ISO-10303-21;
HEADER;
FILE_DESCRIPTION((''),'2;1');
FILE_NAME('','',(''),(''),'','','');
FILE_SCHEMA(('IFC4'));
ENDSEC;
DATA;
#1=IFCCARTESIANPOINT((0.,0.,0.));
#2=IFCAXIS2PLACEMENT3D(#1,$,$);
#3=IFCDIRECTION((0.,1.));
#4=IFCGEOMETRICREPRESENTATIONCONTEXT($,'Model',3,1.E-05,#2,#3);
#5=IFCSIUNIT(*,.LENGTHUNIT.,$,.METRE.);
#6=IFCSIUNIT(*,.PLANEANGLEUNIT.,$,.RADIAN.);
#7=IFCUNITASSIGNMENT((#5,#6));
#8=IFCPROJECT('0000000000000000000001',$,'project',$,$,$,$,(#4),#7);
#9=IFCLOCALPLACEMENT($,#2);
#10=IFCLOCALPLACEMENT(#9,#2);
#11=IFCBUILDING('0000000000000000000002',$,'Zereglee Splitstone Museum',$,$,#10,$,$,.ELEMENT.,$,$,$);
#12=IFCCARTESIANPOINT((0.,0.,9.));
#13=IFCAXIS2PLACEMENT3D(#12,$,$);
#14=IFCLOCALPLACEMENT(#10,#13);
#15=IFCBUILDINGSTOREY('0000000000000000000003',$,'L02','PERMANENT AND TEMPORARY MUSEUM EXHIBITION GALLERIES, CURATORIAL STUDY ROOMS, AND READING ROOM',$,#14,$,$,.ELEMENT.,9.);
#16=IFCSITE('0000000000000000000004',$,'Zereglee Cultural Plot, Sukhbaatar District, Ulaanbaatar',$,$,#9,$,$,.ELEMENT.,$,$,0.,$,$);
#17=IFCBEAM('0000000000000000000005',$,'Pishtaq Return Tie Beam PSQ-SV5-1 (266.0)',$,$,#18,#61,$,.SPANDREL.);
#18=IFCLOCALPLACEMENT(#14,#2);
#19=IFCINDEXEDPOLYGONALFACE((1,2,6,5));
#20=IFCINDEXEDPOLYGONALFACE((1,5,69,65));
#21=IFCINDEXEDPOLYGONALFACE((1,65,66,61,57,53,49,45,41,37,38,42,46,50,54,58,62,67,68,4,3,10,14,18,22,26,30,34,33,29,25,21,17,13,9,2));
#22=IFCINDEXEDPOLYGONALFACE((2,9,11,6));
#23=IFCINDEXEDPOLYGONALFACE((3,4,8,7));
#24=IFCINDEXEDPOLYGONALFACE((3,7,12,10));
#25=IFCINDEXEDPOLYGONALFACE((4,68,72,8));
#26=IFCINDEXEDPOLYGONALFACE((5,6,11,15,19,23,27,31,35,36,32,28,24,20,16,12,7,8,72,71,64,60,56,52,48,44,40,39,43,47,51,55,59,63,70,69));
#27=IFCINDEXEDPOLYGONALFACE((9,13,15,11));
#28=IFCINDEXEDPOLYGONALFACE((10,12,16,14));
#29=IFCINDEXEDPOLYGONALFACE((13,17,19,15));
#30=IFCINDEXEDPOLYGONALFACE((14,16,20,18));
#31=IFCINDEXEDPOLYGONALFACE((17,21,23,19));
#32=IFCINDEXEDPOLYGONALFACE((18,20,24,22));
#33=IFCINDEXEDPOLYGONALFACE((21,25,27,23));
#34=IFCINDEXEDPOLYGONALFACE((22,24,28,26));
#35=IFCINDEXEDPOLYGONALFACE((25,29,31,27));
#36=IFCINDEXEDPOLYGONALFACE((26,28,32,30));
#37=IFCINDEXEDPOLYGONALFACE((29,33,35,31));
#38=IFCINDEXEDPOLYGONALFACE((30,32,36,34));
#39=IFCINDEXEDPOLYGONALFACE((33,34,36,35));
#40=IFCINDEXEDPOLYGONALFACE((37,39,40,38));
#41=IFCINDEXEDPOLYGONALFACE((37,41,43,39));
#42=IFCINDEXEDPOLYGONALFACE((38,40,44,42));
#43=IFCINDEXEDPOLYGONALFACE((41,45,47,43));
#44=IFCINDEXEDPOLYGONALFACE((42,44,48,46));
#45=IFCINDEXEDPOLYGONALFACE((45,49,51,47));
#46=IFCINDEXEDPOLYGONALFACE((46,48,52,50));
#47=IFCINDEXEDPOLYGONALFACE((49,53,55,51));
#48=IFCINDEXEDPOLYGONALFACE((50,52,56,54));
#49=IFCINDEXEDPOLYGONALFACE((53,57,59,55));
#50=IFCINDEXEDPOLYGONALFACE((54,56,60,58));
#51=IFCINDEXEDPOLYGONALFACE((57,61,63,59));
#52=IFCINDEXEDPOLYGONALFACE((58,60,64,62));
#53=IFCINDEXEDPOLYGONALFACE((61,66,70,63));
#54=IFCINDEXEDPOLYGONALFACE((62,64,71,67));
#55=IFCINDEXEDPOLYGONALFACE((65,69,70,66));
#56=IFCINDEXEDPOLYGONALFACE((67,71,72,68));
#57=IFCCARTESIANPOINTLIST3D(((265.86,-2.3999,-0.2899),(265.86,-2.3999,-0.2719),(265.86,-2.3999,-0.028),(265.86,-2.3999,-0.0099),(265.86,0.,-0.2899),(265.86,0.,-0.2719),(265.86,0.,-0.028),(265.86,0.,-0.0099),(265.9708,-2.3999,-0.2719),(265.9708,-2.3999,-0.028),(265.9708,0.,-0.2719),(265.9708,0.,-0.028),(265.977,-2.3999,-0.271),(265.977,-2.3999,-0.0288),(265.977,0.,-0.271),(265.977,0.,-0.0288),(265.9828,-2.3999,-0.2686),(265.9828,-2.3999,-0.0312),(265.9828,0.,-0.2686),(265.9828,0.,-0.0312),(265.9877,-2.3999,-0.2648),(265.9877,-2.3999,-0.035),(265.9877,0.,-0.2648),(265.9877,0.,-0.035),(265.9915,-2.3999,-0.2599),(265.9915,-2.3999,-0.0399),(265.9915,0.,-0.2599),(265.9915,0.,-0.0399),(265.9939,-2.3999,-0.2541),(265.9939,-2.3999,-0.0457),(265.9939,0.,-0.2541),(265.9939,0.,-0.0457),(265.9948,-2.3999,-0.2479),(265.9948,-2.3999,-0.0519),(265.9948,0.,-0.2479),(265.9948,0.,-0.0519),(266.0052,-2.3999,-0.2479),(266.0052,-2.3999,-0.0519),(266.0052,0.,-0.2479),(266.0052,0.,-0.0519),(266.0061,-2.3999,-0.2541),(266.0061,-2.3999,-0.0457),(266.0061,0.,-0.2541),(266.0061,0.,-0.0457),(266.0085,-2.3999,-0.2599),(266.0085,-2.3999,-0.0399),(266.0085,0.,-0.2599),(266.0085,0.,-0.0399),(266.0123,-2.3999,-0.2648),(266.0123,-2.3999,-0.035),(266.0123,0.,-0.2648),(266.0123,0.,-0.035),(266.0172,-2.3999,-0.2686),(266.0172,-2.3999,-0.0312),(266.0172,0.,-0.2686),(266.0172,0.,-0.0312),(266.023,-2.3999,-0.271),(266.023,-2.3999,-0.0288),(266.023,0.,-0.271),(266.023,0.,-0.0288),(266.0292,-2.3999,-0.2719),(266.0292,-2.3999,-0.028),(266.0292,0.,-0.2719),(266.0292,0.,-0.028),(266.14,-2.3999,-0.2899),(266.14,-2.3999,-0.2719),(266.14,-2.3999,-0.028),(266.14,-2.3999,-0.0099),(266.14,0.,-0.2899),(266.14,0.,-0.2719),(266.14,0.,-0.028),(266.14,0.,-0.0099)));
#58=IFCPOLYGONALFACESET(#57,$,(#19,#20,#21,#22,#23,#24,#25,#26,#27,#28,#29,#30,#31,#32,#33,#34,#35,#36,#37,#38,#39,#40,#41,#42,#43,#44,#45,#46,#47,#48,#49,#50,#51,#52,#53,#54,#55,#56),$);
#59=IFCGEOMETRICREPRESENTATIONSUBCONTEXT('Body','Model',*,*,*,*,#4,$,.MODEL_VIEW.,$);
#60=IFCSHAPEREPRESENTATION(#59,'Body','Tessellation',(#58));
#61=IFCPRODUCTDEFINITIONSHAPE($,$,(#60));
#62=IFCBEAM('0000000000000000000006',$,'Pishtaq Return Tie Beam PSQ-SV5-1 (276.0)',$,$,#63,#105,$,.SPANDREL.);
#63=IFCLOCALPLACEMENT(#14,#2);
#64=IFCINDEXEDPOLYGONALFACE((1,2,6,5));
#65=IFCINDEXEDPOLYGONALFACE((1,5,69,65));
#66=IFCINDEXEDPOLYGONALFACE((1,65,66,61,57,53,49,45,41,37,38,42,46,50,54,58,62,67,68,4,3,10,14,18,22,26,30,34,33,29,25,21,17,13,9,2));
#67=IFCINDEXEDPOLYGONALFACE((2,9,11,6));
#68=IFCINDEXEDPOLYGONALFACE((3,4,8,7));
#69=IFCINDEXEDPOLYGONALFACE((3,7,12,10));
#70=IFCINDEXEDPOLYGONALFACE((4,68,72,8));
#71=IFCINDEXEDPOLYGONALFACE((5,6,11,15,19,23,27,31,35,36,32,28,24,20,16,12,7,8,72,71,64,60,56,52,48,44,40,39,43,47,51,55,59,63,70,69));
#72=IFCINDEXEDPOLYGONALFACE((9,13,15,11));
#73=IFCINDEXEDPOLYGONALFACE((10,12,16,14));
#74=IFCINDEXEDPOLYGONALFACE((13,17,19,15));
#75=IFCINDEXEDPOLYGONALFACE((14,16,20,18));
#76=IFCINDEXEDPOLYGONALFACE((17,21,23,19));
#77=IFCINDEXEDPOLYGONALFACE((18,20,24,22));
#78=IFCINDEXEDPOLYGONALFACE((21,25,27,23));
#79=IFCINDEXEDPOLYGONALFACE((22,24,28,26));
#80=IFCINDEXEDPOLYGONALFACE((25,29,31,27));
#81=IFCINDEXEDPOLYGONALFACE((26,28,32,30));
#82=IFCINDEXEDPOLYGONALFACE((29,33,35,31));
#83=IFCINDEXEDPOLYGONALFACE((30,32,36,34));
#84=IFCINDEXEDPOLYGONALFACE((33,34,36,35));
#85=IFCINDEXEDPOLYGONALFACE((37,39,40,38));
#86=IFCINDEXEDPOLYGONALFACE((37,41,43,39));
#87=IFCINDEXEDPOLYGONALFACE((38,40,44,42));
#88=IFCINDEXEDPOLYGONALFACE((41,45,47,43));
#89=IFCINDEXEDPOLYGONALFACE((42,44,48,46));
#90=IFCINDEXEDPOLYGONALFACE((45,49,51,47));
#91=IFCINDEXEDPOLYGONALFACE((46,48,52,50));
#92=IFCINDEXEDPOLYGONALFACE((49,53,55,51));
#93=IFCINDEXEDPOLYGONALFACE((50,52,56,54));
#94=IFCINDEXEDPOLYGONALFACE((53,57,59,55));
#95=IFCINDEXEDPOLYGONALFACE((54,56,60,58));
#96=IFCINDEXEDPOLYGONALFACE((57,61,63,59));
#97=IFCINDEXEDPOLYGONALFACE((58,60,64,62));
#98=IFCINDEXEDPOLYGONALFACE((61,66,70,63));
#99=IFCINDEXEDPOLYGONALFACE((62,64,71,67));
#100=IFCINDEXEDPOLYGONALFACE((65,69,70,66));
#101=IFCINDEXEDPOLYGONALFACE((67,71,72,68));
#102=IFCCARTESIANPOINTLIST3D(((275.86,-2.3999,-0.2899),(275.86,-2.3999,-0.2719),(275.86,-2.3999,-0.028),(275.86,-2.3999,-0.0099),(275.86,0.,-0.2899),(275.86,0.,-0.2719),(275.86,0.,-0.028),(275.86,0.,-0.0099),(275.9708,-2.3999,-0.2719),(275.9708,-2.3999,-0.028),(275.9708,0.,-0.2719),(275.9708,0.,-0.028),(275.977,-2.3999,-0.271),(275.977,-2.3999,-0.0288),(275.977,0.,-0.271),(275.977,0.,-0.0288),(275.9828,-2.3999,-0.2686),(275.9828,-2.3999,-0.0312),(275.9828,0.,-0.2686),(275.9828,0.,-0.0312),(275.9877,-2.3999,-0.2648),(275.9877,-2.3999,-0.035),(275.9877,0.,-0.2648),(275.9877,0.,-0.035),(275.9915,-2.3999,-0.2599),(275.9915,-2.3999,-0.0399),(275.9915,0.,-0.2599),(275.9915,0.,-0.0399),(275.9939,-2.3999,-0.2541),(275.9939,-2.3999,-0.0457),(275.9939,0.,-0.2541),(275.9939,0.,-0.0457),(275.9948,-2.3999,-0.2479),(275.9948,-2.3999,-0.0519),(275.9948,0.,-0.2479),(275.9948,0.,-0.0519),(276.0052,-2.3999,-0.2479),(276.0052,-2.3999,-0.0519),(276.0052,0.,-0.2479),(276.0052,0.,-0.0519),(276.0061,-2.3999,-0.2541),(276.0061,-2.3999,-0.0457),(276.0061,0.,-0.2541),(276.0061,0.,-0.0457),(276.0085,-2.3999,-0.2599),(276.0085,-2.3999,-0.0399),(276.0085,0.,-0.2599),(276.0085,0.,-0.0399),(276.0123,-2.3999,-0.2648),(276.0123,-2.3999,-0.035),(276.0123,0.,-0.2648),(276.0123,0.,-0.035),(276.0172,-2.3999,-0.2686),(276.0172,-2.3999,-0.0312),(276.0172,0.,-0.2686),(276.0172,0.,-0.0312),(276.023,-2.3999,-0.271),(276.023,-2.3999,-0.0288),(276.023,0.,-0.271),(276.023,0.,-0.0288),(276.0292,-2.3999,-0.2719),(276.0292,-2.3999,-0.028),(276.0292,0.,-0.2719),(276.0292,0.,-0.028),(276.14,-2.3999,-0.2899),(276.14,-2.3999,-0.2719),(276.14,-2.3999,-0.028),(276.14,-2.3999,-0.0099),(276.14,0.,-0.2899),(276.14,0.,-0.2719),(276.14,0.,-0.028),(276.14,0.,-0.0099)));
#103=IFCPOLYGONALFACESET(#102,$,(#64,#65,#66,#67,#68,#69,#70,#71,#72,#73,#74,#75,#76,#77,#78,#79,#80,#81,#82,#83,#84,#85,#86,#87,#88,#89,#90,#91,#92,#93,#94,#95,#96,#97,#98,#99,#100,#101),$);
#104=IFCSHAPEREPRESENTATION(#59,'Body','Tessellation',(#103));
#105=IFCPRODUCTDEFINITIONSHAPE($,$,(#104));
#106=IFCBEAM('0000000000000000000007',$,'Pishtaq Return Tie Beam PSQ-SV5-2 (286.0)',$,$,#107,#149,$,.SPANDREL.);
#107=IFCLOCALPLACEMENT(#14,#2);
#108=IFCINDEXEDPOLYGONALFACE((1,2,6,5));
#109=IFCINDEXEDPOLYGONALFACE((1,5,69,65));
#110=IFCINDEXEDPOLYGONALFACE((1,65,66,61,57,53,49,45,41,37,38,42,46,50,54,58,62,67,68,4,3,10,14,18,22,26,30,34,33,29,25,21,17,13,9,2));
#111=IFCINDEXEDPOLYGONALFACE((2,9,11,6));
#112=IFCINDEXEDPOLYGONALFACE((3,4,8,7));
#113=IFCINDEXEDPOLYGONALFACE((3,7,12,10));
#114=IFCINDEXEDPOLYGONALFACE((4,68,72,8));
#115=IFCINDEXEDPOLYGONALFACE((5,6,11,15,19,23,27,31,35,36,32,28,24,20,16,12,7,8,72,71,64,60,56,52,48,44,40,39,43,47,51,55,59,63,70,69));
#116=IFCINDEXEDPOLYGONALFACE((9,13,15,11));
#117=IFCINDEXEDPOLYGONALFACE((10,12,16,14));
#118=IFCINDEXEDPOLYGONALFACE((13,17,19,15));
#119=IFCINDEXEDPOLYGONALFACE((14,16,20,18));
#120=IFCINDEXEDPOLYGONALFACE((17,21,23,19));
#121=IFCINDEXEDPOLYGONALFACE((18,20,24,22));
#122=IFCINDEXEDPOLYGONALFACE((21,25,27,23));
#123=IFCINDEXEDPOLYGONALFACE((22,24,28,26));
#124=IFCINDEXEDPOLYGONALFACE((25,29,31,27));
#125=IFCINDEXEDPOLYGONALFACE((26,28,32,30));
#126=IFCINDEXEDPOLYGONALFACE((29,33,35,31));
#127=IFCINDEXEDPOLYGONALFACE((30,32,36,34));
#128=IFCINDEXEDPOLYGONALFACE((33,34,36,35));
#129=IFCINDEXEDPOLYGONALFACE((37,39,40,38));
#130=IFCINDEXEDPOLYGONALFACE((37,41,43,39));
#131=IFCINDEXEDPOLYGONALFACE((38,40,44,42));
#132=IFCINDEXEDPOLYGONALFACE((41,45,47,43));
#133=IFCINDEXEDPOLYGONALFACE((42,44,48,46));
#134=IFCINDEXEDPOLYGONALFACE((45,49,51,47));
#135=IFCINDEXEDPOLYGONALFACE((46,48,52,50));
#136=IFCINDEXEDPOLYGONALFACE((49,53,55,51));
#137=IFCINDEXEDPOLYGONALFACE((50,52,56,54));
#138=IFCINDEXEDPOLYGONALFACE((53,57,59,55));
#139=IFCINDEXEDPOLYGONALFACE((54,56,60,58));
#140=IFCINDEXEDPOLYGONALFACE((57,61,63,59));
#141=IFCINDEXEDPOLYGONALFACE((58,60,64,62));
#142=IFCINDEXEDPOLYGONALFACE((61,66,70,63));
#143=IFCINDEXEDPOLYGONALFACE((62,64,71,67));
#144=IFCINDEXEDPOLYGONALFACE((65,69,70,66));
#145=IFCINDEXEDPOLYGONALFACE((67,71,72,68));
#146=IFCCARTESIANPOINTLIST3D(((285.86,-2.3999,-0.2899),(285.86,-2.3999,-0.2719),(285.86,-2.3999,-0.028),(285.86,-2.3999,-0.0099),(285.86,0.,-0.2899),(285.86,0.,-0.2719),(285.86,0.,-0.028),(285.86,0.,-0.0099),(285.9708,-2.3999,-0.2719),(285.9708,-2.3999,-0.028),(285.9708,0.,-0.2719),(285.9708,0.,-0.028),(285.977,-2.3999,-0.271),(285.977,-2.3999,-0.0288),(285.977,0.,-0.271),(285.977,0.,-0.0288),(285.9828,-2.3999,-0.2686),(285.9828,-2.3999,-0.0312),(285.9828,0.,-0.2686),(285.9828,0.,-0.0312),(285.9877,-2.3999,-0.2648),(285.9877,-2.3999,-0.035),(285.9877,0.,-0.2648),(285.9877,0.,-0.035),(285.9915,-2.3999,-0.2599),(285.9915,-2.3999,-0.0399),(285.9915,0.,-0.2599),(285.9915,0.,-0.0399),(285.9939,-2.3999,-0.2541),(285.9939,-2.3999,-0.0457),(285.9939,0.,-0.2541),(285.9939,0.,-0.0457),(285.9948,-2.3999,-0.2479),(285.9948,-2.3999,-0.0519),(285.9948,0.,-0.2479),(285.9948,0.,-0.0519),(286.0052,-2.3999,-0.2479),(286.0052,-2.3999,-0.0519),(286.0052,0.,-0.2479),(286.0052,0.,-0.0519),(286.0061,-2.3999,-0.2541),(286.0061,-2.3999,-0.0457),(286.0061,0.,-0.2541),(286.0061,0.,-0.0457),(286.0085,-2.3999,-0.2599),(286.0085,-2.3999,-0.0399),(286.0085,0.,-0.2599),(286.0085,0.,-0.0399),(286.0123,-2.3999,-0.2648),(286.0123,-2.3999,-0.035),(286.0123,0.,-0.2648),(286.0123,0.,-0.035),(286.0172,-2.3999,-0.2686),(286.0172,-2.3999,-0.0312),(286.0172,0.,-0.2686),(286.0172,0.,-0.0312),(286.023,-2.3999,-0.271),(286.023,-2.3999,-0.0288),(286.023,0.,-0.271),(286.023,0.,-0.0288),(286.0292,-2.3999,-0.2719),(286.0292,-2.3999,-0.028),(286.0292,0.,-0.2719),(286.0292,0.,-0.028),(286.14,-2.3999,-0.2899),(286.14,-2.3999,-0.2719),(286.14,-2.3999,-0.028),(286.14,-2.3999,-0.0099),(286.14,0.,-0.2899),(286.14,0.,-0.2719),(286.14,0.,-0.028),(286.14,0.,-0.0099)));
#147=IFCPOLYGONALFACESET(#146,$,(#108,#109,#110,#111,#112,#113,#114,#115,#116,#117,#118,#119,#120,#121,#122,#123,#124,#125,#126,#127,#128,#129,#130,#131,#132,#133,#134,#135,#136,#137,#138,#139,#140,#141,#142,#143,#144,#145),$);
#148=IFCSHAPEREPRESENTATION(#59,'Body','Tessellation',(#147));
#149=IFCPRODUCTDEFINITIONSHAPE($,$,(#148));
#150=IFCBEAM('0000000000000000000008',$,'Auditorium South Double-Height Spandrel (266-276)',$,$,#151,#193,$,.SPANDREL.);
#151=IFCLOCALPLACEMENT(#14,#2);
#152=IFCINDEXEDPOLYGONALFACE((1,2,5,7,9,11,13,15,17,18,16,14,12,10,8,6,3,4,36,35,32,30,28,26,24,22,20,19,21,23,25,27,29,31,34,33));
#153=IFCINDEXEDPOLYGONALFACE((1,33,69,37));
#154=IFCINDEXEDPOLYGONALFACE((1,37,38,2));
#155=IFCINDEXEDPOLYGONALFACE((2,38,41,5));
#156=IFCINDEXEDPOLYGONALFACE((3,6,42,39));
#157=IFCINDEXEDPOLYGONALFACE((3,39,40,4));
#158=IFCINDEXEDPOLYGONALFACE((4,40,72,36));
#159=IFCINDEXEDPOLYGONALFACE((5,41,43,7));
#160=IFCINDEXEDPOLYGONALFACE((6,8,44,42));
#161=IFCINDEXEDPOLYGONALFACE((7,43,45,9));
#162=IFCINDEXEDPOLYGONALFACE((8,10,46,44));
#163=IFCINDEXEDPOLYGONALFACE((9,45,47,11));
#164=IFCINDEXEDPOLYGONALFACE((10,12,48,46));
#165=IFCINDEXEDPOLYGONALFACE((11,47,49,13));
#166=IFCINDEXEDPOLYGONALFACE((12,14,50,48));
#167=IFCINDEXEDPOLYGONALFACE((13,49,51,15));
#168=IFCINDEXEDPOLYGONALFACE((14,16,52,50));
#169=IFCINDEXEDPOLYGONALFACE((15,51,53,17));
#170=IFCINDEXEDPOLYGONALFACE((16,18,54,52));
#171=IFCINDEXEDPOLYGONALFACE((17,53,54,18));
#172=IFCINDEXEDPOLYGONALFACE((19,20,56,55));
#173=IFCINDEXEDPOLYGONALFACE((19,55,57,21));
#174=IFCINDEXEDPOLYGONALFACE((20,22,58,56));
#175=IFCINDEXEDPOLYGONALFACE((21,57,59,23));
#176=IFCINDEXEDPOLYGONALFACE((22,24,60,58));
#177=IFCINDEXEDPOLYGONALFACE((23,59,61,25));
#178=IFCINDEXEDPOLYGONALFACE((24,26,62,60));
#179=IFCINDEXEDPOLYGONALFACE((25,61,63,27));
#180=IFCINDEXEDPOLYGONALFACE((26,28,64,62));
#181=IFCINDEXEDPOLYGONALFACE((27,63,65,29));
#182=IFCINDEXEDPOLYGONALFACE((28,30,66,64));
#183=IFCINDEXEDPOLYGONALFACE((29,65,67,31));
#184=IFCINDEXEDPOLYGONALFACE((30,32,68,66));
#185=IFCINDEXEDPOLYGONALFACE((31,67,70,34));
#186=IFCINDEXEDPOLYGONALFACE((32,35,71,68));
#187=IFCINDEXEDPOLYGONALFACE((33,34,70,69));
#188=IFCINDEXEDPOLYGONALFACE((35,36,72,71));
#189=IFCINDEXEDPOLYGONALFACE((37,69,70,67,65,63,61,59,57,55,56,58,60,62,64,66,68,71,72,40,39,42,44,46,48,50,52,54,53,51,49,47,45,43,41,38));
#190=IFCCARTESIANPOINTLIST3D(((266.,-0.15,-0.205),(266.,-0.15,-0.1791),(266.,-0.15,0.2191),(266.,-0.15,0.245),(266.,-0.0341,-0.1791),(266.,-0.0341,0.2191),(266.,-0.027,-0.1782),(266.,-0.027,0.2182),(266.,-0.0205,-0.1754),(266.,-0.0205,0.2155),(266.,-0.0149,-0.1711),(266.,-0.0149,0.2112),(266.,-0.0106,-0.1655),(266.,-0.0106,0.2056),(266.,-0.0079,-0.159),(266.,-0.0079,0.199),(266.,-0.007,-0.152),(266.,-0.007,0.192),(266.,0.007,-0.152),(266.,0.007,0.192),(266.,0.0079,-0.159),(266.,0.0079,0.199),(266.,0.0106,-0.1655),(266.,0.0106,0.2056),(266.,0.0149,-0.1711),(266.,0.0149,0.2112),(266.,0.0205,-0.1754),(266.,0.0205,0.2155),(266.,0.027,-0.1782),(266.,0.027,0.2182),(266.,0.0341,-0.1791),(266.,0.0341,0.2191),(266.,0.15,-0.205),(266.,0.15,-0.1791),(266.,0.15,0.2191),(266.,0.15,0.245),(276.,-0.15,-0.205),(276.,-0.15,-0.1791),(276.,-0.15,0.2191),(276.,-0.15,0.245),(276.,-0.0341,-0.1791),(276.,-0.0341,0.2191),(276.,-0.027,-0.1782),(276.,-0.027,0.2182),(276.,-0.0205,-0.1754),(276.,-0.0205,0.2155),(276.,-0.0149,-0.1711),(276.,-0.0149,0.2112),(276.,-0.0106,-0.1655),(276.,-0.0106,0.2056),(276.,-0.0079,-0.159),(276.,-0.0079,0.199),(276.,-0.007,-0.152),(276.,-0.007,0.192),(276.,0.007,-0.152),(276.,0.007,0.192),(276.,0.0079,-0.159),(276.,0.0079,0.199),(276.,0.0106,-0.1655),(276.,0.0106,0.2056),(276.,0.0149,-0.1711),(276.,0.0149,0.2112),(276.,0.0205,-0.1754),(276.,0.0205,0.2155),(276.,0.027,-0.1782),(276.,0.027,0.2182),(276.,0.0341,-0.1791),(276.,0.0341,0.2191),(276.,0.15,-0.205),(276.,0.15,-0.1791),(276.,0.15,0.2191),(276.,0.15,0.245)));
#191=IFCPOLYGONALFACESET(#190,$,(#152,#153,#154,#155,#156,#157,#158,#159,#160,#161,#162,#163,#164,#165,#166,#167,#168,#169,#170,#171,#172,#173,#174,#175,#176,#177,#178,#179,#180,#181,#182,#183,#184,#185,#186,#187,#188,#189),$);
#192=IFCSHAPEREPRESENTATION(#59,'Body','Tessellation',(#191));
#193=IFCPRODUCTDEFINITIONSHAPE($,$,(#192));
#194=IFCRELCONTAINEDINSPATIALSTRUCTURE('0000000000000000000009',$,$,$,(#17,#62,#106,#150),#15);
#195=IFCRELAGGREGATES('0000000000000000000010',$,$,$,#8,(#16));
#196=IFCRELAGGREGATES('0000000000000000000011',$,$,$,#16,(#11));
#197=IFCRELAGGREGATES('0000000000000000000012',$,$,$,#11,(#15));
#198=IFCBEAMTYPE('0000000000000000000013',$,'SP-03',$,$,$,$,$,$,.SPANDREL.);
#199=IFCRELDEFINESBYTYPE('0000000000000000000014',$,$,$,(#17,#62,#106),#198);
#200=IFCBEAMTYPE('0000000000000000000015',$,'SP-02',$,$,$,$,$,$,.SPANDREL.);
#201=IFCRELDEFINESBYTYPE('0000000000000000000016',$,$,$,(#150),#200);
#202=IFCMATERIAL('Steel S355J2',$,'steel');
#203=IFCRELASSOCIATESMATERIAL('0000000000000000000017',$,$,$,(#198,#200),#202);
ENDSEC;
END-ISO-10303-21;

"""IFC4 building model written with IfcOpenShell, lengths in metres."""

from ifc_helpers import new_model, si_unit, direction, frame, origin, origin_2d, place, context, subcontext, project, spatial, i_section, extrude, material, material_profile, profile_set, type_object, element, save


model = new_model("IFC4")

# Units and contexts
model_context = context("Model", 3, precision=1e-05, world=origin(), true_north=direction((0.0, 1.0)))
body_context = subcontext(model_context, "Body", "Model", "MODEL_VIEW")
ifc_project = project(units=[si_unit("LENGTHUNIT", "METRE"), si_unit("PLANEANGLEUNIT", "RADIAN")], contexts=[model_context])

# Site, building, storey
site_placement = place(None, origin())
site = spatial("IfcSite", under=ifc_project, at=site_placement, Name="Zereglee Cultural Plot, Sukhbaatar District, Ulaanbaatar", CompositionType="ELEMENT", RefElevation=0.0)
building_placement = place(site_placement, origin())
building = spatial("IfcBuilding", under=site, at=building_placement, Name="Zereglee Splitstone Museum", CompositionType="ELEMENT")
storey_placement = place(building_placement, frame((0.0, 0.0, 9.0)))
storey = spatial("IfcBuildingStorey", under=building, at=storey_placement, Name="L02", Description="PERMANENT AND TEMPORARY MUSEUM EXHIBITION GALLERIES, CURATORIAL STUDY ROOMS, AND READING ROOM", CompositionType="ELEMENT", Elevation=9.0)

# Shared definitions
ifc_material_1 = material(Name="Steel S355J2", Category="steel")

# Beams
ifc_material_profile_1 = material_profile(ifc_material_1, i_section(OverallWidth=0.28, OverallDepth=0.28, WebThickness=0.0105, FlangeThickness=0.0181, FilletRadius=0.0239, at=origin_2d()), Name="HE 280 B")
ifc_profile_set_1 = profile_set([ifc_material_profile_1], Name="Steel S355J2")
beam_type_1 = type_object("IfcBeamType", Name="SP-03", PredefinedType="SPANDREL", material=ifc_profile_set_1)
for number, where, z_axis, x_axis, name in (
    (1, (266.0, -2.3999, -0.1499), (0.0, 1.0, 0.0), (-1.0, 0.0, 0.0), "Pishtaq Return Tie Beam PSQ-SV5-1 (266.0)"),
    (2, (276.0, -2.3999, -0.1499), (0.0, 1.0, 0.0), (-1.0, 0.0, 0.0), "Pishtaq Return Tie Beam PSQ-SV5-1 (276.0)"),
    (3, (286.0, -2.3999, -0.1499), (0.0, 1.0, 0.0), (-1.0, 0.0, 0.0), "Pishtaq Return Tie Beam PSQ-SV5-2 (286.0)"),
):
    element("IfcBeam", number, at=place(storey_placement, frame(where, z_axis=z_axis, x_axis=x_axis)), inside=storey, type_object=beam_type_1, Name=name, PredefinedType="SPANDREL", context=body_context, shape_type="SweptSolid", body=[
        extrude(i_section(OverallWidth=0.28, OverallDepth=0.28, WebThickness=0.0105, FlangeThickness=0.0181, FilletRadius=0.0239, at=origin_2d()), origin(), (0.0, 0.0, 1.0), 2.3999),
    ])
ifc_material_profile_2 = material_profile(ifc_material_1, i_section(OverallWidth=0.3, OverallDepth=0.45, WebThickness=0.0139, FlangeThickness=0.0259, FilletRadius=0.0271, at=origin_2d()), Name="HE 450 B")
ifc_profile_set_2 = profile_set([ifc_material_profile_2], Name="Steel S355J2")
beam_type_2 = type_object("IfcBeamType", Name="SP-02", PredefinedType="SPANDREL", material=ifc_profile_set_2)
for number, where, z_axis, x_axis, name in (
    (4, (266.0, 0.0, 0.02), (1.0, 0.0, 0.0), (0.0, 1.0, 0.0), "Auditorium South Double-Height Spandrel (266-276)"),
):
    element("IfcBeam", number, at=place(storey_placement, frame(where, z_axis=z_axis, x_axis=x_axis)), inside=storey, type_object=beam_type_2, Name=name, PredefinedType="SPANDREL", context=body_context, shape_type="SweptSolid", body=[
        extrude(i_section(OverallWidth=0.3, OverallDepth=0.45, WebThickness=0.0139, FlangeThickness=0.0259, FilletRadius=0.0271, at=origin_2d()), origin(), (0.0, 0.0, 1.0), 10.0),
    ])

save(model, "model.ifc")
